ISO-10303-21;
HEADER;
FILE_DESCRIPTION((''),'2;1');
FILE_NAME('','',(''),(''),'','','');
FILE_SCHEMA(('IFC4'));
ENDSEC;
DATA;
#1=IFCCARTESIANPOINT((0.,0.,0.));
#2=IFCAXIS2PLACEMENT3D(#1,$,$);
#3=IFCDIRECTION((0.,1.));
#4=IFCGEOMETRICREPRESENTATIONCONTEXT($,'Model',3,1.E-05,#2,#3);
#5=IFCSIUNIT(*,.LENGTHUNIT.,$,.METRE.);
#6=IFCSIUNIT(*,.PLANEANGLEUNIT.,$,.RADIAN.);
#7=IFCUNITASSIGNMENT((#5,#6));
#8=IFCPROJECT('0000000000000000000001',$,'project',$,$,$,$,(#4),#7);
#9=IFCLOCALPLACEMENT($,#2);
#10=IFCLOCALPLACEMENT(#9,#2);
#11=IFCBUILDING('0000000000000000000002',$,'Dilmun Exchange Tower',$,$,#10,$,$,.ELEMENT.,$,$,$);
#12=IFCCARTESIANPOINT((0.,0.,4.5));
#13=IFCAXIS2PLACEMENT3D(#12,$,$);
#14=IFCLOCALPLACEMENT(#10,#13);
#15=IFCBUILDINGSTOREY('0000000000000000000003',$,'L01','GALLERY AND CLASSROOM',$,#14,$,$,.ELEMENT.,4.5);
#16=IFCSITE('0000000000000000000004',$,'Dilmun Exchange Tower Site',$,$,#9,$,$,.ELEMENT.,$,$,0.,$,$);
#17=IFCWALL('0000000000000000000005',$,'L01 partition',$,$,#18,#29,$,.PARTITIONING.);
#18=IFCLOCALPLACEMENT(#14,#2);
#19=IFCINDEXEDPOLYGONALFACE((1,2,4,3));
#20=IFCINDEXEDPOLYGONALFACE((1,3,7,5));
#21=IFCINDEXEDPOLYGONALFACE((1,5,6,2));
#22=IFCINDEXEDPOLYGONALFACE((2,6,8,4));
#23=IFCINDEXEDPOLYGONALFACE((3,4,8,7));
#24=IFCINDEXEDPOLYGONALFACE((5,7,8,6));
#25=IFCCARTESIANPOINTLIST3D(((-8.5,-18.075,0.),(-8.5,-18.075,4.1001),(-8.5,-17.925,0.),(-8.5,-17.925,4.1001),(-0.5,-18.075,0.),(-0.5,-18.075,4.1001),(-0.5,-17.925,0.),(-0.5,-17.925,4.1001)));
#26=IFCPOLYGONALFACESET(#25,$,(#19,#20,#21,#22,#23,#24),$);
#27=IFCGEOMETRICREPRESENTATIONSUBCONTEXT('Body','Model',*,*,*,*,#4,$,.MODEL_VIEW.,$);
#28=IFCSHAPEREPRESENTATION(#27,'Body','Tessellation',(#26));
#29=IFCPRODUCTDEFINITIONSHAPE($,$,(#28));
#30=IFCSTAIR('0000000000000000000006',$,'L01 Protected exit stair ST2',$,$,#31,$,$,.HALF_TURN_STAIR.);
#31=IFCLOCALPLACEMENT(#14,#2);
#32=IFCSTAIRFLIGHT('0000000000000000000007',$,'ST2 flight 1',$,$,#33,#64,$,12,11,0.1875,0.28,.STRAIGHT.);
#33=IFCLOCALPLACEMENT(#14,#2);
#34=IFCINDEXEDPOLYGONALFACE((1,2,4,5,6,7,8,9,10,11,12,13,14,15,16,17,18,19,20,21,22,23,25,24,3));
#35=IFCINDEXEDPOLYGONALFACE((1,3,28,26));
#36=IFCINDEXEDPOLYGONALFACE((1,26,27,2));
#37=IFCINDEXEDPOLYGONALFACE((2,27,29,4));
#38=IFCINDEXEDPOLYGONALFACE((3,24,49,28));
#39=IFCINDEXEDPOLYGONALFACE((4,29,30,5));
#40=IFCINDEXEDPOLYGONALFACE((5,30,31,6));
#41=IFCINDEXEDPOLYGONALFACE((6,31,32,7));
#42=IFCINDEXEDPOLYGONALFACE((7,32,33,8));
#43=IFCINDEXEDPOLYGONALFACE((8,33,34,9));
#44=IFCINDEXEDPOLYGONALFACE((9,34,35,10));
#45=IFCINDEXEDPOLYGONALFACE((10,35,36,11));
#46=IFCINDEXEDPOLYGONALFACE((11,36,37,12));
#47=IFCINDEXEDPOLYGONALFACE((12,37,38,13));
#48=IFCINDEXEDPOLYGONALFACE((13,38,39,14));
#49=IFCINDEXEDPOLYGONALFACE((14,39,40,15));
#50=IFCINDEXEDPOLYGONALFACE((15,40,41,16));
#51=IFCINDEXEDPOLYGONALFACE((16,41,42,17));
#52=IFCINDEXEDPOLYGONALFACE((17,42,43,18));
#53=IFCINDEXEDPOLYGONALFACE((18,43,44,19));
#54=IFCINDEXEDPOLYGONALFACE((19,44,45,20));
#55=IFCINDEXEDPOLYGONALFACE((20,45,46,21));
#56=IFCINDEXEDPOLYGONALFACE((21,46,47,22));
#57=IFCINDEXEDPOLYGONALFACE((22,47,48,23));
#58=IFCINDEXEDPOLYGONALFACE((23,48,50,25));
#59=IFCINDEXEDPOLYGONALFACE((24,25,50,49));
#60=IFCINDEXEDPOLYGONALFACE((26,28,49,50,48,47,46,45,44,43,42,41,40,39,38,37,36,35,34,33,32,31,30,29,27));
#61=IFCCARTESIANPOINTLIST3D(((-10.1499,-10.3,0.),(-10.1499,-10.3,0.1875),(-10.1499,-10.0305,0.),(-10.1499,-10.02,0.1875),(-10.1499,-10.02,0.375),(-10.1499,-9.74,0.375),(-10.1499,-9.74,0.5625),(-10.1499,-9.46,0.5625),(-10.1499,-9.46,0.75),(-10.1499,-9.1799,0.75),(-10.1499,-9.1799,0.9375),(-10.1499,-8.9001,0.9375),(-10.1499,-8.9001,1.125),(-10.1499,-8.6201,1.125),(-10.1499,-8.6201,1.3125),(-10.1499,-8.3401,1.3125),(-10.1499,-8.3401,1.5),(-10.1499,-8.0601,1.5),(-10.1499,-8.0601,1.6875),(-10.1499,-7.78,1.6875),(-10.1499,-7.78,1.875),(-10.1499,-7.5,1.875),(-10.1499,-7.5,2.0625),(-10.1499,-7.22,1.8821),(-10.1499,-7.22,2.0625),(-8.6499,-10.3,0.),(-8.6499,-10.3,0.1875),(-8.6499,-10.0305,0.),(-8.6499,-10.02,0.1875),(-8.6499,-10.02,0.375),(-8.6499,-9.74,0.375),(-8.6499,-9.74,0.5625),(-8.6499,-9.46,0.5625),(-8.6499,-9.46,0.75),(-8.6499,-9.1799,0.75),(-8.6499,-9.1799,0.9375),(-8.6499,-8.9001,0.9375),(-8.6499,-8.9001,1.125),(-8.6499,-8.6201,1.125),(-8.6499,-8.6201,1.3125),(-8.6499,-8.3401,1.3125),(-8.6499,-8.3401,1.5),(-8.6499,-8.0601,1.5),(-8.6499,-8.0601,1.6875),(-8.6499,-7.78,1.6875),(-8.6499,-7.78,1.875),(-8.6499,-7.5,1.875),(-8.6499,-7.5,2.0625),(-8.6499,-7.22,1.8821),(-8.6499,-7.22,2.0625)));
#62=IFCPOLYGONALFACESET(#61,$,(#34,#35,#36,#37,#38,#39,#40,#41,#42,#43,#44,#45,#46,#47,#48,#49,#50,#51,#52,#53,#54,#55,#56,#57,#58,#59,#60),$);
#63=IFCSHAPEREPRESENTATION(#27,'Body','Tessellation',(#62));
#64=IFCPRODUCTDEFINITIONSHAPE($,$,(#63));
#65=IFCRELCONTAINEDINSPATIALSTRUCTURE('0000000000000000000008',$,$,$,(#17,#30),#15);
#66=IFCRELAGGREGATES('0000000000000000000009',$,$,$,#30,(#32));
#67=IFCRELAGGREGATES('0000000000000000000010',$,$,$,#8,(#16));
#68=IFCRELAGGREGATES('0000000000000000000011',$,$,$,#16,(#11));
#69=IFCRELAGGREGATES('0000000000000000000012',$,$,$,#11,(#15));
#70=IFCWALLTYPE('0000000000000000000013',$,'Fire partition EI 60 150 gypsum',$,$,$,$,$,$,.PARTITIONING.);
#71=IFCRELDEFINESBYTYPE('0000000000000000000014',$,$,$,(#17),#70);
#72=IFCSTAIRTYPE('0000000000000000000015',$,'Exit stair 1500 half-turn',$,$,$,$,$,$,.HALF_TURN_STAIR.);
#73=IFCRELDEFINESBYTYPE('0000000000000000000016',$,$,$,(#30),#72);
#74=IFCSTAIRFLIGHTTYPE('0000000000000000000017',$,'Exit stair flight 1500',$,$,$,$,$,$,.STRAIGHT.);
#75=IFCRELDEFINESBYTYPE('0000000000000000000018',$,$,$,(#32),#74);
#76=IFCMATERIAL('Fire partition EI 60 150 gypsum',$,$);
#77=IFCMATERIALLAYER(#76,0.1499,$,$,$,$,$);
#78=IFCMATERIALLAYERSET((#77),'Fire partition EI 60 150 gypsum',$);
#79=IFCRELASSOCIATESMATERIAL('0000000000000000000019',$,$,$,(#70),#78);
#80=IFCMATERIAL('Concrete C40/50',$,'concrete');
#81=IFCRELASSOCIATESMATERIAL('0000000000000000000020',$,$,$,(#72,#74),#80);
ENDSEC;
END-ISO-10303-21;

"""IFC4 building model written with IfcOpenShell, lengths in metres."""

from ifc_helpers import new_model, si_unit, direction, frame, frame_2d, origin, place, context, subcontext, project, spatial, polyline, rectangle, outline, extrude, material, layer, layer_set, type_object, element, aggregate, save


model = new_model("IFC4")

# Units and contexts
model_context = context("Model", 3, precision=1e-05, world=origin(), true_north=direction((0.0, 1.0)))
body_context = subcontext(model_context, "Body", "Model", "MODEL_VIEW")
ifc_project = project(units=[si_unit("LENGTHUNIT", "METRE"), si_unit("PLANEANGLEUNIT", "RADIAN")], contexts=[model_context])

# Site, building, storey
site_placement = place(None, origin())
site = spatial("IfcSite", under=ifc_project, at=site_placement, Name="Dilmun Exchange Tower Site", CompositionType="ELEMENT", RefElevation=0.0)
building_placement = place(site_placement, origin())
building = spatial("IfcBuilding", under=site, at=building_placement, Name="Dilmun Exchange Tower", CompositionType="ELEMENT")
storey_placement = place(building_placement, frame((0.0, 0.0, 4.5)))
storey = spatial("IfcBuildingStorey", under=building, at=storey_placement, Name="L01", Description="GALLERY AND CLASSROOM", CompositionType="ELEMENT", Elevation=4.5)

# Shared definitions
ifc_material_1 = material(Name="Concrete C40/50", Category="concrete")

# Wall
ifc_material_2 = material(Name="Fire partition EI 60 150 gypsum")
ifc_layer_1 = layer(ifc_material_2, 0.1499)
ifc_layer_set_1 = layer_set([ifc_layer_1], Name="Fire partition EI 60 150 gypsum")
wall_type_1 = type_object("IfcWallType", Name="Fire partition EI 60 150 gypsum", PredefinedType="PARTITIONING", material=ifc_layer_set_1)
wall_1_placement = place(storey_placement, frame((-8.5, -18.0, 0.0), z_axis=(0.0, 0.0, 1.0), x_axis=(1.0, 0.0, 0.0)))
element("IfcWall", 1, at=wall_1_placement, inside=storey, type_object=wall_type_1, Name="L01 partition", PredefinedType="PARTITIONING", context=body_context, shape_type="SweptSolid", body=[
    extrude(rectangle(XDim=8.0, YDim=0.1499, at=frame_2d((4.0, 0.0))), origin(), (0.0, 0.0, 1.0), 4.1001),
])

# Stair, stair flight
stair_type = type_object("IfcStairType", Name="Exit stair 1500 half-turn", PredefinedType="HALF_TURN_STAIR", material=ifc_material_1)
stair_placement = place(storey_placement, origin())
stair = element("IfcStair", 2, at=stair_placement, inside=storey, type_object=stair_type, Name="L01 Protected exit stair ST2", PredefinedType="HALF_TURN_STAIR")
stair_flight_type = type_object("IfcStairFlightType", Name="Exit stair flight 1500", PredefinedType="STRAIGHT", material=ifc_material_1)
stair_flight_placement = place(storey_placement, frame((-9.3999, -10.3, 0.0), z_axis=(0.0, 0.0, 1.0), x_axis=(0.0, 1.0, 0.0)))
stair_flight = element("IfcStairFlight", 3, at=stair_flight_placement, type_object=stair_flight_type, Name="ST2 flight 1", NumberOfRisers=12, NumberOfTreads=11, PredefinedType="STRAIGHT", RiserHeight=0.1875, TreadLength=0.28, context=body_context, shape_type="SweptSolid", body=[
    extrude(outline(polyline([(0.0, 0.0), (0.0, 0.1875), (0.28, 0.1875), (0.28, 0.375), (0.5601, 0.375), (0.5601, 0.5625), (0.8401, 0.5625), (0.8401, 0.75), (1.1201, 0.75), (1.1201, 0.9375), (1.3999, 0.9375), (1.3999, 1.125), (1.6799, 1.125), (1.6799, 1.3125), (1.96, 1.3125), (1.96, 1.5), (2.24, 1.5), (2.24, 1.6875), (2.52, 1.6875), (2.52, 1.875), (2.8, 1.875), (2.8, 2.0625), (3.0801, 2.0625), (3.0801, 2.25), (3.0801, 1.8821), (0.2695, 0.0), (0.0, 0.0)])), frame((0.0, 0.75, 0.0), z_axis=(0.0, -1.0, 0.0), x_axis=(1.0, 0.0, 0.0)), (0.0, 0.0, 1.0), 1.5),
])
aggregate(stair, [stair_flight])

save(model, "model.ifc")
